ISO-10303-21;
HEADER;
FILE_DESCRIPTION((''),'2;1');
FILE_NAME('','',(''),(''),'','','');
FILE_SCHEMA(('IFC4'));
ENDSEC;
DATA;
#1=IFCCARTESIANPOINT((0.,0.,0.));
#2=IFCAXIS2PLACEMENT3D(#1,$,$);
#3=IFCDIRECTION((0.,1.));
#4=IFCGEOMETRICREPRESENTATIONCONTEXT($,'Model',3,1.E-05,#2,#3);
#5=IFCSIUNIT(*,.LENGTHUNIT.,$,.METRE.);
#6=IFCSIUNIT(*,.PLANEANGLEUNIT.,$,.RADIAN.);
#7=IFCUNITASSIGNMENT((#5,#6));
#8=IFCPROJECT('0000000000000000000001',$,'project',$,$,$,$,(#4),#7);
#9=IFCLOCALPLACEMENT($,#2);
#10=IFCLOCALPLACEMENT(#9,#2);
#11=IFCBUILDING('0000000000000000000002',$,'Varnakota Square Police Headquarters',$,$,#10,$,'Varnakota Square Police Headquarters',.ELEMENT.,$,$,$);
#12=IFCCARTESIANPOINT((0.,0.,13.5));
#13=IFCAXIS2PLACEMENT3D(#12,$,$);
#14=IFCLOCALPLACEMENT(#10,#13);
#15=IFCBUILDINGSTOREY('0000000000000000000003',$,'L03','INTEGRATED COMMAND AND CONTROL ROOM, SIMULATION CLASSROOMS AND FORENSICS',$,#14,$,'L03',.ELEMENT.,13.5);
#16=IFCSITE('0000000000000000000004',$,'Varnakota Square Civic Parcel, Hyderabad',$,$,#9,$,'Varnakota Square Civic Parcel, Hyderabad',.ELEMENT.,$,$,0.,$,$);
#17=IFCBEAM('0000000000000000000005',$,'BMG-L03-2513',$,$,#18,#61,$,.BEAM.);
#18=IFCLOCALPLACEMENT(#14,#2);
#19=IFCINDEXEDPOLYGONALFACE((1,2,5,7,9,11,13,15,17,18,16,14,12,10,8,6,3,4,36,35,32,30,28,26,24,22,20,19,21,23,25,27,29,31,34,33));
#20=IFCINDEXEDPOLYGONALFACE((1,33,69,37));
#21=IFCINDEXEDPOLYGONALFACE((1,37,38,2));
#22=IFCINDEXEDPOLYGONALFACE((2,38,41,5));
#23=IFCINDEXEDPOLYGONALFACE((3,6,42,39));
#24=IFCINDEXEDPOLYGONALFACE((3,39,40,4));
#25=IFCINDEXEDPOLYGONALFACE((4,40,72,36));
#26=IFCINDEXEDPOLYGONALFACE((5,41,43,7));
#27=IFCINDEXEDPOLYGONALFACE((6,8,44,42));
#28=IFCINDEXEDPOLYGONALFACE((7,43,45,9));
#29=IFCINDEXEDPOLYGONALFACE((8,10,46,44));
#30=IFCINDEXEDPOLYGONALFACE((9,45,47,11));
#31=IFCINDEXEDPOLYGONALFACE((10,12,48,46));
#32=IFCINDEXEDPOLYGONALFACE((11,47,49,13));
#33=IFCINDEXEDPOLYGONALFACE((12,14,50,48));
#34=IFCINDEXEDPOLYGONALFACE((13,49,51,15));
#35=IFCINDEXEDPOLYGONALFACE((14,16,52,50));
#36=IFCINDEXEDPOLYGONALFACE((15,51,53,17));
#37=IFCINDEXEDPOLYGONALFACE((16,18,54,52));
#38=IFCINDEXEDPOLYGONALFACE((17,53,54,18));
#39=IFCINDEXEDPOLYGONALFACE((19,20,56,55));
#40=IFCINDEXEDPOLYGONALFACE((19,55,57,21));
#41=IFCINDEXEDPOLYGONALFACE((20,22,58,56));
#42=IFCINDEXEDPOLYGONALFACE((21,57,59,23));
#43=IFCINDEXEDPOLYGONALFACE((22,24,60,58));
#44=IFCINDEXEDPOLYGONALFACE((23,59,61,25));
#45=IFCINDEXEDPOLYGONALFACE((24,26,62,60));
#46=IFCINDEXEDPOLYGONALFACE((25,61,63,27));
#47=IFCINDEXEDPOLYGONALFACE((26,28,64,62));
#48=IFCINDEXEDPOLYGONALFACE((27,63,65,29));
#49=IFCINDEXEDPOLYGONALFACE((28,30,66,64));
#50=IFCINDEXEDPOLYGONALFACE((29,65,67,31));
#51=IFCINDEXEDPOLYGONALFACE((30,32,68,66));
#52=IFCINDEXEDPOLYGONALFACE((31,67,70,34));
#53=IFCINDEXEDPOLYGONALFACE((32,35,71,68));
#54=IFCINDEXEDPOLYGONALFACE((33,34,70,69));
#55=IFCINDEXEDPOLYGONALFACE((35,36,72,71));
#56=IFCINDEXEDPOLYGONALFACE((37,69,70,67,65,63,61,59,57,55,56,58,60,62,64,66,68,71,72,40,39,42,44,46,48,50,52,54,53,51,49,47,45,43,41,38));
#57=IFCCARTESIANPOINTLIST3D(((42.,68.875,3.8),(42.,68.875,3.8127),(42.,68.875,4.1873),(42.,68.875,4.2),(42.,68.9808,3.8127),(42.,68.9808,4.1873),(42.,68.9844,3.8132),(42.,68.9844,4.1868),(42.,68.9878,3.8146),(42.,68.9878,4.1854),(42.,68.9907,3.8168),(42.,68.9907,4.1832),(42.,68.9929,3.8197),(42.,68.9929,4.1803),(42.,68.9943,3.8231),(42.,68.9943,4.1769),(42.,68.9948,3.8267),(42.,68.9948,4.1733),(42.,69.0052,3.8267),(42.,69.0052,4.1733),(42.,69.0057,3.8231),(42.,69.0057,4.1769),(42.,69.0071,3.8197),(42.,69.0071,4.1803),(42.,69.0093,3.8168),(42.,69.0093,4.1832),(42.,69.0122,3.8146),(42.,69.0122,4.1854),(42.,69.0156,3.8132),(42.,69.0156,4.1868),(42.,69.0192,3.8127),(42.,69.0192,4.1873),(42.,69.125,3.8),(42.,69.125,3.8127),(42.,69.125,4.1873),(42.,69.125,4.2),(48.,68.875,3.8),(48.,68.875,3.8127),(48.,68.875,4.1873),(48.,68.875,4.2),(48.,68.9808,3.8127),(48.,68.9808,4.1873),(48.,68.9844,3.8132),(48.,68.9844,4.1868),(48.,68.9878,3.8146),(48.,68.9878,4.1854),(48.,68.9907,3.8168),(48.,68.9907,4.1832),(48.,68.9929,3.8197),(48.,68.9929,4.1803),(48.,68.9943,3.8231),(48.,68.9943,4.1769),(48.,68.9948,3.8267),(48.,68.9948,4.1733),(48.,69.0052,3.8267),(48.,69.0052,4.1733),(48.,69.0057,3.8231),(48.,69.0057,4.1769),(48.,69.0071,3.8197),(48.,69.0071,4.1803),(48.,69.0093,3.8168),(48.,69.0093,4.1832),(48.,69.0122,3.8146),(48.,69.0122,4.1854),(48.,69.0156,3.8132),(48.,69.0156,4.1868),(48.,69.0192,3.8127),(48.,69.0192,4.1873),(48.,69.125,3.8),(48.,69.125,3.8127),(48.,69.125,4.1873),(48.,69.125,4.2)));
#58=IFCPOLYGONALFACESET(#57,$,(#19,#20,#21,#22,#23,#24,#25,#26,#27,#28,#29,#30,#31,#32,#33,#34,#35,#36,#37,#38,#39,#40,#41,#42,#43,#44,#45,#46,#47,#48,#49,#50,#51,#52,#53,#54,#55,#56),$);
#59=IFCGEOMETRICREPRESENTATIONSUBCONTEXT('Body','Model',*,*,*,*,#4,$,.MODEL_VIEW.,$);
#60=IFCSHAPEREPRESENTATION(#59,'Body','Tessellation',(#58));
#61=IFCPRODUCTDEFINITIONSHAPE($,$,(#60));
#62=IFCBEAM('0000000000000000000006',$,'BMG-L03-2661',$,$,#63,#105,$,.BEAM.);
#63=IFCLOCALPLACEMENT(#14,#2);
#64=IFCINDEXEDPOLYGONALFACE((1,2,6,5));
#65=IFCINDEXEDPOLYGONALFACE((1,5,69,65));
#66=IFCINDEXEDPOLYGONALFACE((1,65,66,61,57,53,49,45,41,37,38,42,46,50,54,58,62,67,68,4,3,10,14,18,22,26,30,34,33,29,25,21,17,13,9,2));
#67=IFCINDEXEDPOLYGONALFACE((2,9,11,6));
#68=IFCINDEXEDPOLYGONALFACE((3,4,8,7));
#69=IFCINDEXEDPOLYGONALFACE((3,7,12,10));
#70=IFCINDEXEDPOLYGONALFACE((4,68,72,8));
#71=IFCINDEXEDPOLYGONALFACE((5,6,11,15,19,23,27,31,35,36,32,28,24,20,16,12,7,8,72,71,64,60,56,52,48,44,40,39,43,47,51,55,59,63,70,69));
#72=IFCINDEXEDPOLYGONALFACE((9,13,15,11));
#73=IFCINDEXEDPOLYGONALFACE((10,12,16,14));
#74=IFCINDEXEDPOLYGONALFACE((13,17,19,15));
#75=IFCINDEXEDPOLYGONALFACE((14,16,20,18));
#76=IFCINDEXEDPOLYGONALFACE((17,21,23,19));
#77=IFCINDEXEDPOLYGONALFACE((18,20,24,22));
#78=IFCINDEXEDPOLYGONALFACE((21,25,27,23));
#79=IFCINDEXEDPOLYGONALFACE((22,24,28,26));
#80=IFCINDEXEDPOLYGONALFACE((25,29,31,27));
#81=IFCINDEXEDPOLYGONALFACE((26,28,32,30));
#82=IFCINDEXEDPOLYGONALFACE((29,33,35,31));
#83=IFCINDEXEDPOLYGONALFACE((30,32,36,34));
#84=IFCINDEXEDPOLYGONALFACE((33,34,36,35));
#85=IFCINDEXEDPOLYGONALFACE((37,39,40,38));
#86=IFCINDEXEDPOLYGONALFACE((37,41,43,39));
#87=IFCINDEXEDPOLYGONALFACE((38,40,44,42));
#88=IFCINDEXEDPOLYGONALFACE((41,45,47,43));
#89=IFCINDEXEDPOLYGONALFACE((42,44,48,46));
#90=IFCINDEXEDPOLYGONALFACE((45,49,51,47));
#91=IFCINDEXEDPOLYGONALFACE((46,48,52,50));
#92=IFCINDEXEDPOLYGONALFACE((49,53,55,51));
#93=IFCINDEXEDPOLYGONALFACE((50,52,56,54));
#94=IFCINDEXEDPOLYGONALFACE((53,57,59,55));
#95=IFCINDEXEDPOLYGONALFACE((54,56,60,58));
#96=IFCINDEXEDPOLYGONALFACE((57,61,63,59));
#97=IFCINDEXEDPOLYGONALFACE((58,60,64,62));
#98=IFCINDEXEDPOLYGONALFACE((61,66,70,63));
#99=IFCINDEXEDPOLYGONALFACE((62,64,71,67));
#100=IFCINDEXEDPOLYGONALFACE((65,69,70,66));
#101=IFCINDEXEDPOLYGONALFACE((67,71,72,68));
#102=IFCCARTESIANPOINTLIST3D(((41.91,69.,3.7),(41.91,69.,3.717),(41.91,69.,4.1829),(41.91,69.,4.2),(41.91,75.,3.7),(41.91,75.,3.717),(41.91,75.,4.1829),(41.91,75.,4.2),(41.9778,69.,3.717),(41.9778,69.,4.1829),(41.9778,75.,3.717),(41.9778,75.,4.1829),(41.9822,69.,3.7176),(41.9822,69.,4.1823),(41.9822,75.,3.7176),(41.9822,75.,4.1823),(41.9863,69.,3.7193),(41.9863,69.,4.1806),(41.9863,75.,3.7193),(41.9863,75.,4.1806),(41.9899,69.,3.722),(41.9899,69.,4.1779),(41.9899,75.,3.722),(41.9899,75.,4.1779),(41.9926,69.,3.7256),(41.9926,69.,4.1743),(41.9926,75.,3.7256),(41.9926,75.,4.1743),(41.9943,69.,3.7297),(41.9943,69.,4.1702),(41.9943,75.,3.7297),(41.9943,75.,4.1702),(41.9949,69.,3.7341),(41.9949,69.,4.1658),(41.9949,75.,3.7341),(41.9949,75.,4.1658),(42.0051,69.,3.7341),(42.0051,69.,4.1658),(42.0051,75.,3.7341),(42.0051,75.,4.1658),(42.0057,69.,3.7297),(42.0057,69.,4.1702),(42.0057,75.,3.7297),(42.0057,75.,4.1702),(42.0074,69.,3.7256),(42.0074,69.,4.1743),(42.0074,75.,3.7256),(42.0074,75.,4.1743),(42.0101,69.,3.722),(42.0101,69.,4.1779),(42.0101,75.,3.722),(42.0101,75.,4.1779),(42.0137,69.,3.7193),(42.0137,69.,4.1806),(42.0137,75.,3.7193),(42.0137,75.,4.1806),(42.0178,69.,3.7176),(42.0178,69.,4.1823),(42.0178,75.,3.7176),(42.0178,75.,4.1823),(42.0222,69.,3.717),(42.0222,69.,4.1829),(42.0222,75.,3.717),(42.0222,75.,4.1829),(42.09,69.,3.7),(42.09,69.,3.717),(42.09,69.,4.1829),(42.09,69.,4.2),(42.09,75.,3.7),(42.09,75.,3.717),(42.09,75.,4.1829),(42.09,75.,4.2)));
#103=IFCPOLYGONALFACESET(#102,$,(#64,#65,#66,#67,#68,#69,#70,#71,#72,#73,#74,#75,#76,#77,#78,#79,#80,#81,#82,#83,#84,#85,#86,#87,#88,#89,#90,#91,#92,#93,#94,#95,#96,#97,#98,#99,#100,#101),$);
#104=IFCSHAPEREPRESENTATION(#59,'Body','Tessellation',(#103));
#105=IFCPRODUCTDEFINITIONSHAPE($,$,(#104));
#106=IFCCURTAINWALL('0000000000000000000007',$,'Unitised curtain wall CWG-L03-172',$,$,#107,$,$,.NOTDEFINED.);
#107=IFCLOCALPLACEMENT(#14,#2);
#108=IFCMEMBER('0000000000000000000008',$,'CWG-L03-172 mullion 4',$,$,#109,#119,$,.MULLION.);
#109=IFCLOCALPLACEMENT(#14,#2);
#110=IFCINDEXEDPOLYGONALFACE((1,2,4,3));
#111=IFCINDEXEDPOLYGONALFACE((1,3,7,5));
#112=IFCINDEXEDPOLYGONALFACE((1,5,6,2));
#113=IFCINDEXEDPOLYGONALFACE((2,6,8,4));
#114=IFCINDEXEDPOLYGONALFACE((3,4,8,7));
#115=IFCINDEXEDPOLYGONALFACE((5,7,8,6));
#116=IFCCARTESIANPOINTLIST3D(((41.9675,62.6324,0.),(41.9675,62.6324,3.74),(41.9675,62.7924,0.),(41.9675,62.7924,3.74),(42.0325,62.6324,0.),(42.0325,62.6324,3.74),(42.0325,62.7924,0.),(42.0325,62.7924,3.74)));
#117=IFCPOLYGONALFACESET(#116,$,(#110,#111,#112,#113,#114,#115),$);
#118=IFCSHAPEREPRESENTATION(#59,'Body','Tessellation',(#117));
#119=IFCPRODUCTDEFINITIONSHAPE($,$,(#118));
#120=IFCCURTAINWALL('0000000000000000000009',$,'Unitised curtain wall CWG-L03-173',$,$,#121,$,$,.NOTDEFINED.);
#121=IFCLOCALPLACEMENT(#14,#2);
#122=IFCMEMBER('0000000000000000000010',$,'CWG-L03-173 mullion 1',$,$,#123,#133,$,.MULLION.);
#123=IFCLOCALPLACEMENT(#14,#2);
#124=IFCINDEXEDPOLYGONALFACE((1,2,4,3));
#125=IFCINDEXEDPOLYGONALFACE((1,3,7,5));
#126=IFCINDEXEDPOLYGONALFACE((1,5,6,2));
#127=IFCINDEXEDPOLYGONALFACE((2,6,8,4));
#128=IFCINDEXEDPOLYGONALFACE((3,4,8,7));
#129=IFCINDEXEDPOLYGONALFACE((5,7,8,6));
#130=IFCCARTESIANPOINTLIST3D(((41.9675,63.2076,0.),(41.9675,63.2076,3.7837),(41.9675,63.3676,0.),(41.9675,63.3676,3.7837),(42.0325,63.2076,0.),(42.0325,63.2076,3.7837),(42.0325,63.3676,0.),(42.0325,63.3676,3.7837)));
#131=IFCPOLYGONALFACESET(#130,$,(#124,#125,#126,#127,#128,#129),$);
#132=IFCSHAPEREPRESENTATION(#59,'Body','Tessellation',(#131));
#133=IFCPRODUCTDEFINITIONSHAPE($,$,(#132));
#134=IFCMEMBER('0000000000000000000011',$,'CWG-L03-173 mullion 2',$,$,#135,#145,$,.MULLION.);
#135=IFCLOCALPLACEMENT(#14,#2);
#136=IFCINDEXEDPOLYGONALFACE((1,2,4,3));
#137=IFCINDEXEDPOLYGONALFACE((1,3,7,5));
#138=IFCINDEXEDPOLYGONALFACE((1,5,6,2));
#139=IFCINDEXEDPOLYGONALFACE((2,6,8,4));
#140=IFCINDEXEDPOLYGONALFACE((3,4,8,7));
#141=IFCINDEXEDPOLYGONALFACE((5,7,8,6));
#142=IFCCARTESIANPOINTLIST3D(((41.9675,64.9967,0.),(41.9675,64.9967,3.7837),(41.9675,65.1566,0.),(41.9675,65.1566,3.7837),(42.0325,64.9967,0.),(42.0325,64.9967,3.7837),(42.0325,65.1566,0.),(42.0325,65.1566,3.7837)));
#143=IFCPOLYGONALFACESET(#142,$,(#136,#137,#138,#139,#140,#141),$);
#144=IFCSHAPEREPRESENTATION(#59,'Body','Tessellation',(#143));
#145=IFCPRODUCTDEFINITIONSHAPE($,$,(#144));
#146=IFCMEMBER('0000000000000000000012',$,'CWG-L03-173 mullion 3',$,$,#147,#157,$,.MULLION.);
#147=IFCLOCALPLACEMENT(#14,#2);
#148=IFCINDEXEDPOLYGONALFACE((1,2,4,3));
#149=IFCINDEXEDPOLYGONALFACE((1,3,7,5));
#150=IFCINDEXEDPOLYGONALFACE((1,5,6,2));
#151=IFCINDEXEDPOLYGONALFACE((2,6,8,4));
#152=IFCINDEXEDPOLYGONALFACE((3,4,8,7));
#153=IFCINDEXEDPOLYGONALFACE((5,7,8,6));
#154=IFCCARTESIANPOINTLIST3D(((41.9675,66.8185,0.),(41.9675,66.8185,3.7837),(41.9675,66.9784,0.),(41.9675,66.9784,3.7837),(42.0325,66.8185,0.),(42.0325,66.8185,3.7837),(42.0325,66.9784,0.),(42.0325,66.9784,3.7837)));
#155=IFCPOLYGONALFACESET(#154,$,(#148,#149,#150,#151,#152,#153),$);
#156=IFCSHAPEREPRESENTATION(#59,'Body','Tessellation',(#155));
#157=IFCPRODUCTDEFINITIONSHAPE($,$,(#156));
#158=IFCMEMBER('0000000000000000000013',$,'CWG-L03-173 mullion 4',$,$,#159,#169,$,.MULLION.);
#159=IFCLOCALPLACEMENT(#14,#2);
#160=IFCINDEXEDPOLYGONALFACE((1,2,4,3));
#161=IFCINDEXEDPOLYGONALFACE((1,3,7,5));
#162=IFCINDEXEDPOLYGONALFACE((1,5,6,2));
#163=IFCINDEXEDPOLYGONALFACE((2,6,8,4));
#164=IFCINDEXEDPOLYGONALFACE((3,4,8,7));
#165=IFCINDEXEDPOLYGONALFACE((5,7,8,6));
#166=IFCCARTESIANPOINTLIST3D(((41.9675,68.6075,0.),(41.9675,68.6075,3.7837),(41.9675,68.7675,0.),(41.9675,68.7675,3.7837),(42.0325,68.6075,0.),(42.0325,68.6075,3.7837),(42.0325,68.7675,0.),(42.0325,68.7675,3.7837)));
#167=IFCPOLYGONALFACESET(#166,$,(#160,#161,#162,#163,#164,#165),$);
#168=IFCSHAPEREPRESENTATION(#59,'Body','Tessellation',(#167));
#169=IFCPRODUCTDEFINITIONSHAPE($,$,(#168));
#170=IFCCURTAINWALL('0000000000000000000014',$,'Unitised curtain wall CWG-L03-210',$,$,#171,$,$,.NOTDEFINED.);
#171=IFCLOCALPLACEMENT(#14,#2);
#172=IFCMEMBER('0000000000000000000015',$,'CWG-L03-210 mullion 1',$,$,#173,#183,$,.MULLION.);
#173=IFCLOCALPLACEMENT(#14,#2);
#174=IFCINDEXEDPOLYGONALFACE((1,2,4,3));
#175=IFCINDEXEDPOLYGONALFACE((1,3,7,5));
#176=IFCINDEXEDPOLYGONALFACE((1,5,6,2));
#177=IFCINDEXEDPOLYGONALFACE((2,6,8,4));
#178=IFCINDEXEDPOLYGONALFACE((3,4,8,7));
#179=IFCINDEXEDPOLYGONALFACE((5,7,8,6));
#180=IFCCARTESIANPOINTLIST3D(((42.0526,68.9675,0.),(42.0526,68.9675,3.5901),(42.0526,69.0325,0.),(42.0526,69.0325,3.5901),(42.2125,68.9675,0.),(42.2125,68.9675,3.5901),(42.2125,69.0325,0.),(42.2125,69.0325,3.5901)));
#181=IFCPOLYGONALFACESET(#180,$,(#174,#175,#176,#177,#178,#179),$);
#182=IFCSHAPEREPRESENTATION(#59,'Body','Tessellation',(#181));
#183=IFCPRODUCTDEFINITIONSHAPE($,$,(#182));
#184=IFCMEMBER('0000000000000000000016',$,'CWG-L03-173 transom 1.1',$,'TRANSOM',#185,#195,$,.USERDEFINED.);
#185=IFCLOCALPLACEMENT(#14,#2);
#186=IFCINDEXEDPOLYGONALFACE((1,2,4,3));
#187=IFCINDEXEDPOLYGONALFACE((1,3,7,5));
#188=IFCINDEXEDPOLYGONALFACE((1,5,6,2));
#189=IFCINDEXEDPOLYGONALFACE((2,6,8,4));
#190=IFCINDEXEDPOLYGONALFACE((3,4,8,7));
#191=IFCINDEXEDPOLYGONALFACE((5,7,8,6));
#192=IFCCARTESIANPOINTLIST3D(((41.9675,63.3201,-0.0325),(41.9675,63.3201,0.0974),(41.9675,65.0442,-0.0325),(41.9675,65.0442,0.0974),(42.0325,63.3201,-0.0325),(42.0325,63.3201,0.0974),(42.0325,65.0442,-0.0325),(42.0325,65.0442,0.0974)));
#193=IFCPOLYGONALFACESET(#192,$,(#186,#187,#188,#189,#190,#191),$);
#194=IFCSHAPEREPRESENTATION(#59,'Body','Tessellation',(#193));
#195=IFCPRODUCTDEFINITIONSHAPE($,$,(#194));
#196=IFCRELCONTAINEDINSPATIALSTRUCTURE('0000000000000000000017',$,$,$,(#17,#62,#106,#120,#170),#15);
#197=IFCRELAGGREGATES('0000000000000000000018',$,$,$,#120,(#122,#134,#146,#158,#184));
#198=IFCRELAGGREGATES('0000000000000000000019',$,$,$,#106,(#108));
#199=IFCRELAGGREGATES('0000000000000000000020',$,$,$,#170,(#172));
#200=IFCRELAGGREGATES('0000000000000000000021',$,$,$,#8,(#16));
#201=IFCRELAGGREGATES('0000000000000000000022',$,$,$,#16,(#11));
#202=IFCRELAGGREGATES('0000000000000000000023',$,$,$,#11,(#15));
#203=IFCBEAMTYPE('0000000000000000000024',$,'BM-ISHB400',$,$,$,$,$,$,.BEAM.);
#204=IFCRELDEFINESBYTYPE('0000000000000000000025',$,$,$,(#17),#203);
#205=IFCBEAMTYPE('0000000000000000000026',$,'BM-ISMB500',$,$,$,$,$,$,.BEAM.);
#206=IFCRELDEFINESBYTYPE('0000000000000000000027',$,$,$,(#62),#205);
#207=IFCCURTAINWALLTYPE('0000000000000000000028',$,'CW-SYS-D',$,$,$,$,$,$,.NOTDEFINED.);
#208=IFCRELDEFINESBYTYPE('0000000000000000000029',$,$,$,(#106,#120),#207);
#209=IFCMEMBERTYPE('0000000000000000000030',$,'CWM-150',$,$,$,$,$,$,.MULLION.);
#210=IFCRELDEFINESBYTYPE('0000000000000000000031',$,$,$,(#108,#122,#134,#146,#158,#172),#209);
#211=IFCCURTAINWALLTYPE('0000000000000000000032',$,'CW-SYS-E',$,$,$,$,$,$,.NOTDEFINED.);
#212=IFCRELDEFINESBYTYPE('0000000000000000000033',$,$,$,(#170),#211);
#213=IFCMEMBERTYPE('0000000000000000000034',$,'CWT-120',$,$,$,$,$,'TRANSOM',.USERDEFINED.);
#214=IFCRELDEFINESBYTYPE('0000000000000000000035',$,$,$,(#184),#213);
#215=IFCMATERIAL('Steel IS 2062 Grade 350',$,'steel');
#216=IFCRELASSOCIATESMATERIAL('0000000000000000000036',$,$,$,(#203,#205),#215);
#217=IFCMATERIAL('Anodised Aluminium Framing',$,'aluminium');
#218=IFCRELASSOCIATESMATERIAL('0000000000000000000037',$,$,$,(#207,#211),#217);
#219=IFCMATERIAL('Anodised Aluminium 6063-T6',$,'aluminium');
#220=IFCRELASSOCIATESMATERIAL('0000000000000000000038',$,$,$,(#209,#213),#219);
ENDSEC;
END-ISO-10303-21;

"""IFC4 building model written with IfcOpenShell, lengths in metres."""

from ifc_helpers import new_model, si_unit, direction, frame, origin, origin_2d, place, context, subcontext, project, spatial, rectangle, i_section, extrude, material, material_profile, profile_set, type_object, element, aggregate, save


model = new_model("IFC4")

# Units and contexts
model_context = context("Model", 3, precision=1e-05, world=origin(), true_north=direction((0.0, 1.0)))
body_context = subcontext(model_context, "Body", "Model", "MODEL_VIEW")
ifc_project = project(units=[si_unit("LENGTHUNIT", "METRE"), si_unit("PLANEANGLEUNIT", "RADIAN")], contexts=[model_context])

# Site, building, storey
site_placement = place(None, origin())
site = spatial("IfcSite", under=ifc_project, at=site_placement, Name="Varnakota Square Civic Parcel, Hyderabad", LongName="Varnakota Square Civic Parcel, Hyderabad", CompositionType="ELEMENT", RefElevation=0.0)
building_placement = place(site_placement, origin())
building = spatial("IfcBuilding", under=site, at=building_placement, Name="Varnakota Square Police Headquarters", LongName="Varnakota Square Police Headquarters", CompositionType="ELEMENT")
storey_placement = place(building_placement, frame((0.0, 0.0, 13.5)))
storey = spatial("IfcBuildingStorey", under=building, at=storey_placement, Name="L03", Description="INTEGRATED COMMAND AND CONTROL ROOM, SIMULATION CLASSROOMS AND FORENSICS", LongName="L03", CompositionType="ELEMENT", Elevation=13.5)

# Shared definitions
ifc_material_1 = material(Name="Steel IS 2062 Grade 350", Category="steel")

# Beams
ifc_material_profile_1 = material_profile(ifc_material_1, i_section(OverallWidth=0.25, OverallDepth=0.3999, WebThickness=0.0105, FlangeThickness=0.0127, FilletRadius=0.0139, at=origin_2d()), Name="ISHB 400")
ifc_profile_set_1 = profile_set([ifc_material_profile_1], Name="Steel IS 2062 Grade 350")
beam_type_1 = type_object("IfcBeamType", Name="BM-ISHB400", PredefinedType="BEAM", material=ifc_profile_set_1)
beam_1_placement = place(storey_placement, frame((42.0, 69.0, 4.0), z_axis=(1.0, 0.0, 0.0), x_axis=(0.0, 1.0, 0.0)))
element("IfcBeam", 1, at=beam_1_placement, inside=storey, type_object=beam_type_1, Name="BMG-L03-2513", PredefinedType="BEAM", context=body_context, shape_type="SweptSolid", body=[
    extrude(i_section(OverallWidth=0.25, OverallDepth=0.3999, WebThickness=0.0105, FlangeThickness=0.0127, FilletRadius=0.0139, at=origin_2d()), origin(), (0.0, 0.0, 1.0), 6.0),
])
ifc_material_profile_2 = material_profile(ifc_material_1, i_section(OverallWidth=0.1799, OverallDepth=0.5, WebThickness=0.0103, FlangeThickness=0.0171, FilletRadius=0.0171, at=origin_2d()), Name="ISMB 500")
ifc_profile_set_2 = profile_set([ifc_material_profile_2], Name="Steel IS 2062 Grade 350")
beam_type_2 = type_object("IfcBeamType", Name="BM-ISMB500", PredefinedType="BEAM", material=ifc_profile_set_2)
beam_2_placement = place(storey_placement, frame((42.0, 69.0, 3.95), z_axis=(0.0, 1.0, 0.0), x_axis=(-1.0, 0.0, 0.0)))
element("IfcBeam", 2, at=beam_2_placement, inside=storey, type_object=beam_type_2, Name="BMG-L03-2661", PredefinedType="BEAM", context=body_context, shape_type="SweptSolid", body=[
    extrude(i_section(OverallWidth=0.1799, OverallDepth=0.5, WebThickness=0.0103, FlangeThickness=0.0171, FilletRadius=0.0171, at=origin_2d()), origin(), (0.0, 0.0, 1.0), 6.0),
])

# Curtain wall, member
ifc_material_2 = material(Name="Anodised Aluminium Framing", Category="aluminium")
curtain_wall_type_1 = type_object("IfcCurtainWallType", Name="CW-SYS-D", PredefinedType="NOTDEFINED", material=ifc_material_2)
curtain_wall_1_placement = place(storey_placement, origin())
curtain_wall_1 = element("IfcCurtainWall", 3, at=curtain_wall_1_placement, inside=storey, type_object=curtain_wall_type_1, Name="Unitised curtain wall CWG-L03-172", PredefinedType="NOTDEFINED")
ifc_material_3 = material(Name="Anodised Aluminium 6063-T6", Category="aluminium")
ifc_material_profile_3 = material_profile(ifc_material_3, rectangle(XDim=0.0649, YDim=0.1599, at=origin_2d()), Name="ALU MULLION 65x160")
ifc_profile_set_3 = profile_set([ifc_material_profile_3], Name="Anodised Aluminium 6063-T6")
member_type_1 = type_object("IfcMemberType", Name="CWM-150", PredefinedType="MULLION", material=ifc_profile_set_3)
member_1_placement = place(storey_placement, frame((42.0, 62.7124, 0.0), z_axis=(0.0, 0.0, 1.0), x_axis=(-1.0, 0.0, 0.0)))
member_1 = element("IfcMember", 4, at=member_1_placement, type_object=member_type_1, Name="CWG-L03-172 mullion 4", PredefinedType="MULLION", context=body_context, shape_type="SweptSolid", body=[
    extrude(rectangle(XDim=0.0649, YDim=0.1599, at=origin_2d()), origin(), (0.0, 0.0, 1.0), 3.74),
])

# Curtain wall, members
curtain_wall_2_placement = place(storey_placement, origin())
curtain_wall_2 = element("IfcCurtainWall", 5, at=curtain_wall_2_placement, inside=storey, type_object=curtain_wall_type_1, Name="Unitised curtain wall CWG-L03-173", PredefinedType="NOTDEFINED")
member_2_placement = place(storey_placement, frame((42.0, 63.2876, 0.0), z_axis=(0.0, 0.0, 1.0), x_axis=(-1.0, 0.0, 0.0)))
member_2 = element("IfcMember", 6, at=member_2_placement, type_object=member_type_1, Name="CWG-L03-173 mullion 1", PredefinedType="MULLION", context=body_context, shape_type="SweptSolid", body=[
    extrude(rectangle(XDim=0.0649, YDim=0.1599, at=origin_2d()), origin(), (0.0, 0.0, 1.0), 3.7837),
])
member_3_placement = place(storey_placement, frame((42.0, 65.0767, 0.0), z_axis=(0.0, 0.0, 1.0), x_axis=(-1.0, 0.0, 0.0)))
member_3 = element("IfcMember", 7, at=member_3_placement, type_object=member_type_1, Name="CWG-L03-173 mullion 2", PredefinedType="MULLION", context=body_context, shape_type="SweptSolid", body=[
    extrude(rectangle(XDim=0.0649, YDim=0.1599, at=origin_2d()), origin(), (0.0, 0.0, 1.0), 3.7837),
])
member_4_placement = place(storey_placement, frame((42.0, 66.8984, 0.0), z_axis=(0.0, 0.0, 1.0), x_axis=(-1.0, 0.0, 0.0)))
member_4 = element("IfcMember", 8, at=member_4_placement, type_object=member_type_1, Name="CWG-L03-173 mullion 3", PredefinedType="MULLION", context=body_context, shape_type="SweptSolid", body=[
    extrude(rectangle(XDim=0.0649, YDim=0.1599, at=origin_2d()), origin(), (0.0, 0.0, 1.0), 3.7837),
])
member_5_placement = place(storey_placement, frame((42.0, 68.6875, 0.0), z_axis=(0.0, 0.0, 1.0), x_axis=(-1.0, 0.0, 0.0)))
member_5 = element("IfcMember", 9, at=member_5_placement, type_object=member_type_1, Name="CWG-L03-173 mullion 4", PredefinedType="MULLION", context=body_context, shape_type="SweptSolid", body=[
    extrude(rectangle(XDim=0.0649, YDim=0.1599, at=origin_2d()), origin(), (0.0, 0.0, 1.0), 3.7837),
])

# Curtain wall, member
curtain_wall_type_2 = type_object("IfcCurtainWallType", Name="CW-SYS-E", PredefinedType="NOTDEFINED", material=ifc_material_2)
curtain_wall_3_placement = place(storey_placement, origin())
curtain_wall_3 = element("IfcCurtainWall", 10, at=curtain_wall_3_placement, inside=storey, type_object=curtain_wall_type_2, Name="Unitised curtain wall CWG-L03-210", PredefinedType="NOTDEFINED")
member_6_placement = place(storey_placement, frame((42.1326, 69.0, 0.0), z_axis=(0.0, 0.0, 1.0), x_axis=(0.0, 1.0, 0.0)))
member_6 = element("IfcMember", 11, at=member_6_placement, type_object=member_type_1, Name="CWG-L03-210 mullion 1", PredefinedType="MULLION", context=body_context, shape_type="SweptSolid", body=[
    extrude(rectangle(XDim=0.0649, YDim=0.1599, at=origin_2d()), origin(), (0.0, 0.0, 1.0), 3.5901),
])

# Member
ifc_material_profile_4 = material_profile(ifc_material_3, rectangle(XDim=0.0649, YDim=0.1299, at=origin_2d()), Name="ALU TRANSOM 65x130")
ifc_profile_set_4 = profile_set([ifc_material_profile_4], Name="Anodised Aluminium 6063-T6")
member_type_2 = type_object("IfcMemberType", Name="CWT-120", ElementType="TRANSOM", PredefinedType="USERDEFINED", material=ifc_profile_set_4)
member_7_placement = place(storey_placement, frame((42.0, 63.3201, 0.0325), z_axis=(0.0, 1.0, 0.0), x_axis=(-1.0, 0.0, 0.0)))
member_7 = element("IfcMember", 12, at=member_7_placement, type_object=member_type_2, Name="CWG-L03-173 transom 1.1", ObjectType="TRANSOM", PredefinedType="USERDEFINED", context=body_context, shape_type="SweptSolid", body=[
    extrude(rectangle(XDim=0.0649, YDim=0.1299, at=origin_2d()), origin(), (0.0, 0.0, 1.0), 1.7241),
])

aggregate(curtain_wall_2, [member_2, member_3, member_4, member_5, member_7])
aggregate(curtain_wall_1, [member_1])
aggregate(curtain_wall_3, [member_6])

save(model, "model.ifc")
